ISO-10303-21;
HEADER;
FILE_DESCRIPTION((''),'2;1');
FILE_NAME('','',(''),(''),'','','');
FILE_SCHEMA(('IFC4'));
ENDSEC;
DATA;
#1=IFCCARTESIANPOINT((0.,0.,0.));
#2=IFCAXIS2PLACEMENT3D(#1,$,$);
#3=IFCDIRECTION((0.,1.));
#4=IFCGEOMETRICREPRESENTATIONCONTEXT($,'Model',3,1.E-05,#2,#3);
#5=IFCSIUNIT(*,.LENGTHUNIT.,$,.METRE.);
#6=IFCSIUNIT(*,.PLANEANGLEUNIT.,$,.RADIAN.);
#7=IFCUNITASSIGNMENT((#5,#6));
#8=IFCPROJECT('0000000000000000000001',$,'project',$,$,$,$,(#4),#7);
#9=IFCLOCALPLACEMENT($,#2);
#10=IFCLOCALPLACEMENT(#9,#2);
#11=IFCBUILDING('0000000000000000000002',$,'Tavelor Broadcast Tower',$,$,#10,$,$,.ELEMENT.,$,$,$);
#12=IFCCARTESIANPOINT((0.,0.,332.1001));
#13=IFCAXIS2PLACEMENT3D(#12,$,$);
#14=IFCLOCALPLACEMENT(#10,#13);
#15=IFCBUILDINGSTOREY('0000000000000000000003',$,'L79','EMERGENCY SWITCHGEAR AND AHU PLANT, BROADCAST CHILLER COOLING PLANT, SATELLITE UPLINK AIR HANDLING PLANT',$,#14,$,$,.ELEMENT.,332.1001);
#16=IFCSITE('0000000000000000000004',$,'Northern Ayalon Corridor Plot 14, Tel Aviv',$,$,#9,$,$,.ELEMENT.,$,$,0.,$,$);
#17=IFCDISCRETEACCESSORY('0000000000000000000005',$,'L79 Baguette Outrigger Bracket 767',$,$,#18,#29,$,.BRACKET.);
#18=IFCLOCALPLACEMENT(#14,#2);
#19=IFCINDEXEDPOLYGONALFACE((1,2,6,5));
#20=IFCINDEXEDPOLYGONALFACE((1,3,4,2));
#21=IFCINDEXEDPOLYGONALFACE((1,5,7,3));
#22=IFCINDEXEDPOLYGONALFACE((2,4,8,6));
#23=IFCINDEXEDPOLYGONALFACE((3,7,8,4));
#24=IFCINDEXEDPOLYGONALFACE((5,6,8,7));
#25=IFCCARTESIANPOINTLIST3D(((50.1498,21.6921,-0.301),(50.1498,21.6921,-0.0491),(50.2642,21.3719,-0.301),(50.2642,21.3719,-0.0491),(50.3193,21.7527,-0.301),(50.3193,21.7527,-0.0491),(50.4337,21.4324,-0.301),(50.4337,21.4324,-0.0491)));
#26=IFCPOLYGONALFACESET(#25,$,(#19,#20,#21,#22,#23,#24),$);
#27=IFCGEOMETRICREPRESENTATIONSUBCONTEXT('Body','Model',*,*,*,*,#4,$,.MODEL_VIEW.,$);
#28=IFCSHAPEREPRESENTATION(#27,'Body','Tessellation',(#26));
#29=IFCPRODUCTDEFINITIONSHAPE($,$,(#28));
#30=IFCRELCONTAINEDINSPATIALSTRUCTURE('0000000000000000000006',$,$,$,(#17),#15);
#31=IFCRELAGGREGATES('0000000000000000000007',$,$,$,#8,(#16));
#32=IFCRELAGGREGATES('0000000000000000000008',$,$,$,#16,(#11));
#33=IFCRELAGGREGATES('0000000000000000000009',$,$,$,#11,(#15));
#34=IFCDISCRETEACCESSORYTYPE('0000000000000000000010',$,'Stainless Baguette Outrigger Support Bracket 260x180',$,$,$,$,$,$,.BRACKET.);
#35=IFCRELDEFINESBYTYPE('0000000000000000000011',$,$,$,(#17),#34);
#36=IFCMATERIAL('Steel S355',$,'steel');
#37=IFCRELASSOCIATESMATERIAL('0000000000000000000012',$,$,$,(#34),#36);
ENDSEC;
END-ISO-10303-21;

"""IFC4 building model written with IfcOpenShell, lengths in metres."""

from ifc_helpers import new_model, si_unit, direction, frame, origin, origin_2d, place, context, subcontext, project, spatial, rectangle, extrude, source, transform, mapped, material, type_object, type_shapes, element, save


model = new_model("IFC4")

# Units and contexts
model_context = context("Model", 3, precision=1e-05, world=origin(), true_north=direction((0.0, 1.0)))
body_context = subcontext(model_context, "Body", "Model", "MODEL_VIEW")
ifc_project = project(units=[si_unit("LENGTHUNIT", "METRE"), si_unit("PLANEANGLEUNIT", "RADIAN")], contexts=[model_context])

# Site, building, storey
site_placement = place(None, origin())
site = spatial("IfcSite", under=ifc_project, at=site_placement, Name="Northern Ayalon Corridor Plot 14, Tel Aviv", CompositionType="ELEMENT", RefElevation=0.0)
building_placement = place(site_placement, origin())
building = spatial("IfcBuilding", under=site, at=building_placement, Name="Tavelor Broadcast Tower", CompositionType="ELEMENT")
storey_placement = place(building_placement, frame((0.0, 0.0, 332.1001)))
storey = spatial("IfcBuildingStorey", under=building, at=storey_placement, Name="L79", Description="EMERGENCY SWITCHGEAR AND AHU PLANT, BROADCAST CHILLER COOLING PLANT, SATELLITE UPLINK AIR HANDLING PLANT", CompositionType="ELEMENT", Elevation=332.1001)

# Shared definitions
ifc_material_1 = material(Name="Steel S355", Category="steel")

# Discrete accessory
discrete_accessory_type = type_object("IfcDiscreteAccessoryType", Name="Stainless Baguette Outrigger Support Bracket 260x180", PredefinedType="BRACKET", material=ifc_material_1)
shared_shape_1 = source(origin(), body_context, "Body", "SweptSolid", [
    extrude(rectangle(XDim=0.1799, YDim=0.3401, at=origin_2d()), origin(), (0.0, 0.0, 1.0), 0.252),
])
type_shapes(discrete_accessory_type, [shared_shape_1])
for number, where, z_axis, x_axis, name in (
    (1, (50.2917, 21.5623, -0.301), (0.0, 0.0, 1.0), (0.941764, 0.336274, 0.0), "L79 Baguette Outrigger Bracket 767"),
):
    element("IfcDiscreteAccessory", number, at=place(storey_placement, frame(where, z_axis=z_axis, x_axis=x_axis)), inside=storey, type_object=discrete_accessory_type, Name=name, PredefinedType="BRACKET", context=body_context, shape_type="MappedRepresentation", body=[
        mapped(shared_shape_1, transform((0.0, 0.0, 0.0), scale=1.0)),
    ])

save(model, "model.ifc")
